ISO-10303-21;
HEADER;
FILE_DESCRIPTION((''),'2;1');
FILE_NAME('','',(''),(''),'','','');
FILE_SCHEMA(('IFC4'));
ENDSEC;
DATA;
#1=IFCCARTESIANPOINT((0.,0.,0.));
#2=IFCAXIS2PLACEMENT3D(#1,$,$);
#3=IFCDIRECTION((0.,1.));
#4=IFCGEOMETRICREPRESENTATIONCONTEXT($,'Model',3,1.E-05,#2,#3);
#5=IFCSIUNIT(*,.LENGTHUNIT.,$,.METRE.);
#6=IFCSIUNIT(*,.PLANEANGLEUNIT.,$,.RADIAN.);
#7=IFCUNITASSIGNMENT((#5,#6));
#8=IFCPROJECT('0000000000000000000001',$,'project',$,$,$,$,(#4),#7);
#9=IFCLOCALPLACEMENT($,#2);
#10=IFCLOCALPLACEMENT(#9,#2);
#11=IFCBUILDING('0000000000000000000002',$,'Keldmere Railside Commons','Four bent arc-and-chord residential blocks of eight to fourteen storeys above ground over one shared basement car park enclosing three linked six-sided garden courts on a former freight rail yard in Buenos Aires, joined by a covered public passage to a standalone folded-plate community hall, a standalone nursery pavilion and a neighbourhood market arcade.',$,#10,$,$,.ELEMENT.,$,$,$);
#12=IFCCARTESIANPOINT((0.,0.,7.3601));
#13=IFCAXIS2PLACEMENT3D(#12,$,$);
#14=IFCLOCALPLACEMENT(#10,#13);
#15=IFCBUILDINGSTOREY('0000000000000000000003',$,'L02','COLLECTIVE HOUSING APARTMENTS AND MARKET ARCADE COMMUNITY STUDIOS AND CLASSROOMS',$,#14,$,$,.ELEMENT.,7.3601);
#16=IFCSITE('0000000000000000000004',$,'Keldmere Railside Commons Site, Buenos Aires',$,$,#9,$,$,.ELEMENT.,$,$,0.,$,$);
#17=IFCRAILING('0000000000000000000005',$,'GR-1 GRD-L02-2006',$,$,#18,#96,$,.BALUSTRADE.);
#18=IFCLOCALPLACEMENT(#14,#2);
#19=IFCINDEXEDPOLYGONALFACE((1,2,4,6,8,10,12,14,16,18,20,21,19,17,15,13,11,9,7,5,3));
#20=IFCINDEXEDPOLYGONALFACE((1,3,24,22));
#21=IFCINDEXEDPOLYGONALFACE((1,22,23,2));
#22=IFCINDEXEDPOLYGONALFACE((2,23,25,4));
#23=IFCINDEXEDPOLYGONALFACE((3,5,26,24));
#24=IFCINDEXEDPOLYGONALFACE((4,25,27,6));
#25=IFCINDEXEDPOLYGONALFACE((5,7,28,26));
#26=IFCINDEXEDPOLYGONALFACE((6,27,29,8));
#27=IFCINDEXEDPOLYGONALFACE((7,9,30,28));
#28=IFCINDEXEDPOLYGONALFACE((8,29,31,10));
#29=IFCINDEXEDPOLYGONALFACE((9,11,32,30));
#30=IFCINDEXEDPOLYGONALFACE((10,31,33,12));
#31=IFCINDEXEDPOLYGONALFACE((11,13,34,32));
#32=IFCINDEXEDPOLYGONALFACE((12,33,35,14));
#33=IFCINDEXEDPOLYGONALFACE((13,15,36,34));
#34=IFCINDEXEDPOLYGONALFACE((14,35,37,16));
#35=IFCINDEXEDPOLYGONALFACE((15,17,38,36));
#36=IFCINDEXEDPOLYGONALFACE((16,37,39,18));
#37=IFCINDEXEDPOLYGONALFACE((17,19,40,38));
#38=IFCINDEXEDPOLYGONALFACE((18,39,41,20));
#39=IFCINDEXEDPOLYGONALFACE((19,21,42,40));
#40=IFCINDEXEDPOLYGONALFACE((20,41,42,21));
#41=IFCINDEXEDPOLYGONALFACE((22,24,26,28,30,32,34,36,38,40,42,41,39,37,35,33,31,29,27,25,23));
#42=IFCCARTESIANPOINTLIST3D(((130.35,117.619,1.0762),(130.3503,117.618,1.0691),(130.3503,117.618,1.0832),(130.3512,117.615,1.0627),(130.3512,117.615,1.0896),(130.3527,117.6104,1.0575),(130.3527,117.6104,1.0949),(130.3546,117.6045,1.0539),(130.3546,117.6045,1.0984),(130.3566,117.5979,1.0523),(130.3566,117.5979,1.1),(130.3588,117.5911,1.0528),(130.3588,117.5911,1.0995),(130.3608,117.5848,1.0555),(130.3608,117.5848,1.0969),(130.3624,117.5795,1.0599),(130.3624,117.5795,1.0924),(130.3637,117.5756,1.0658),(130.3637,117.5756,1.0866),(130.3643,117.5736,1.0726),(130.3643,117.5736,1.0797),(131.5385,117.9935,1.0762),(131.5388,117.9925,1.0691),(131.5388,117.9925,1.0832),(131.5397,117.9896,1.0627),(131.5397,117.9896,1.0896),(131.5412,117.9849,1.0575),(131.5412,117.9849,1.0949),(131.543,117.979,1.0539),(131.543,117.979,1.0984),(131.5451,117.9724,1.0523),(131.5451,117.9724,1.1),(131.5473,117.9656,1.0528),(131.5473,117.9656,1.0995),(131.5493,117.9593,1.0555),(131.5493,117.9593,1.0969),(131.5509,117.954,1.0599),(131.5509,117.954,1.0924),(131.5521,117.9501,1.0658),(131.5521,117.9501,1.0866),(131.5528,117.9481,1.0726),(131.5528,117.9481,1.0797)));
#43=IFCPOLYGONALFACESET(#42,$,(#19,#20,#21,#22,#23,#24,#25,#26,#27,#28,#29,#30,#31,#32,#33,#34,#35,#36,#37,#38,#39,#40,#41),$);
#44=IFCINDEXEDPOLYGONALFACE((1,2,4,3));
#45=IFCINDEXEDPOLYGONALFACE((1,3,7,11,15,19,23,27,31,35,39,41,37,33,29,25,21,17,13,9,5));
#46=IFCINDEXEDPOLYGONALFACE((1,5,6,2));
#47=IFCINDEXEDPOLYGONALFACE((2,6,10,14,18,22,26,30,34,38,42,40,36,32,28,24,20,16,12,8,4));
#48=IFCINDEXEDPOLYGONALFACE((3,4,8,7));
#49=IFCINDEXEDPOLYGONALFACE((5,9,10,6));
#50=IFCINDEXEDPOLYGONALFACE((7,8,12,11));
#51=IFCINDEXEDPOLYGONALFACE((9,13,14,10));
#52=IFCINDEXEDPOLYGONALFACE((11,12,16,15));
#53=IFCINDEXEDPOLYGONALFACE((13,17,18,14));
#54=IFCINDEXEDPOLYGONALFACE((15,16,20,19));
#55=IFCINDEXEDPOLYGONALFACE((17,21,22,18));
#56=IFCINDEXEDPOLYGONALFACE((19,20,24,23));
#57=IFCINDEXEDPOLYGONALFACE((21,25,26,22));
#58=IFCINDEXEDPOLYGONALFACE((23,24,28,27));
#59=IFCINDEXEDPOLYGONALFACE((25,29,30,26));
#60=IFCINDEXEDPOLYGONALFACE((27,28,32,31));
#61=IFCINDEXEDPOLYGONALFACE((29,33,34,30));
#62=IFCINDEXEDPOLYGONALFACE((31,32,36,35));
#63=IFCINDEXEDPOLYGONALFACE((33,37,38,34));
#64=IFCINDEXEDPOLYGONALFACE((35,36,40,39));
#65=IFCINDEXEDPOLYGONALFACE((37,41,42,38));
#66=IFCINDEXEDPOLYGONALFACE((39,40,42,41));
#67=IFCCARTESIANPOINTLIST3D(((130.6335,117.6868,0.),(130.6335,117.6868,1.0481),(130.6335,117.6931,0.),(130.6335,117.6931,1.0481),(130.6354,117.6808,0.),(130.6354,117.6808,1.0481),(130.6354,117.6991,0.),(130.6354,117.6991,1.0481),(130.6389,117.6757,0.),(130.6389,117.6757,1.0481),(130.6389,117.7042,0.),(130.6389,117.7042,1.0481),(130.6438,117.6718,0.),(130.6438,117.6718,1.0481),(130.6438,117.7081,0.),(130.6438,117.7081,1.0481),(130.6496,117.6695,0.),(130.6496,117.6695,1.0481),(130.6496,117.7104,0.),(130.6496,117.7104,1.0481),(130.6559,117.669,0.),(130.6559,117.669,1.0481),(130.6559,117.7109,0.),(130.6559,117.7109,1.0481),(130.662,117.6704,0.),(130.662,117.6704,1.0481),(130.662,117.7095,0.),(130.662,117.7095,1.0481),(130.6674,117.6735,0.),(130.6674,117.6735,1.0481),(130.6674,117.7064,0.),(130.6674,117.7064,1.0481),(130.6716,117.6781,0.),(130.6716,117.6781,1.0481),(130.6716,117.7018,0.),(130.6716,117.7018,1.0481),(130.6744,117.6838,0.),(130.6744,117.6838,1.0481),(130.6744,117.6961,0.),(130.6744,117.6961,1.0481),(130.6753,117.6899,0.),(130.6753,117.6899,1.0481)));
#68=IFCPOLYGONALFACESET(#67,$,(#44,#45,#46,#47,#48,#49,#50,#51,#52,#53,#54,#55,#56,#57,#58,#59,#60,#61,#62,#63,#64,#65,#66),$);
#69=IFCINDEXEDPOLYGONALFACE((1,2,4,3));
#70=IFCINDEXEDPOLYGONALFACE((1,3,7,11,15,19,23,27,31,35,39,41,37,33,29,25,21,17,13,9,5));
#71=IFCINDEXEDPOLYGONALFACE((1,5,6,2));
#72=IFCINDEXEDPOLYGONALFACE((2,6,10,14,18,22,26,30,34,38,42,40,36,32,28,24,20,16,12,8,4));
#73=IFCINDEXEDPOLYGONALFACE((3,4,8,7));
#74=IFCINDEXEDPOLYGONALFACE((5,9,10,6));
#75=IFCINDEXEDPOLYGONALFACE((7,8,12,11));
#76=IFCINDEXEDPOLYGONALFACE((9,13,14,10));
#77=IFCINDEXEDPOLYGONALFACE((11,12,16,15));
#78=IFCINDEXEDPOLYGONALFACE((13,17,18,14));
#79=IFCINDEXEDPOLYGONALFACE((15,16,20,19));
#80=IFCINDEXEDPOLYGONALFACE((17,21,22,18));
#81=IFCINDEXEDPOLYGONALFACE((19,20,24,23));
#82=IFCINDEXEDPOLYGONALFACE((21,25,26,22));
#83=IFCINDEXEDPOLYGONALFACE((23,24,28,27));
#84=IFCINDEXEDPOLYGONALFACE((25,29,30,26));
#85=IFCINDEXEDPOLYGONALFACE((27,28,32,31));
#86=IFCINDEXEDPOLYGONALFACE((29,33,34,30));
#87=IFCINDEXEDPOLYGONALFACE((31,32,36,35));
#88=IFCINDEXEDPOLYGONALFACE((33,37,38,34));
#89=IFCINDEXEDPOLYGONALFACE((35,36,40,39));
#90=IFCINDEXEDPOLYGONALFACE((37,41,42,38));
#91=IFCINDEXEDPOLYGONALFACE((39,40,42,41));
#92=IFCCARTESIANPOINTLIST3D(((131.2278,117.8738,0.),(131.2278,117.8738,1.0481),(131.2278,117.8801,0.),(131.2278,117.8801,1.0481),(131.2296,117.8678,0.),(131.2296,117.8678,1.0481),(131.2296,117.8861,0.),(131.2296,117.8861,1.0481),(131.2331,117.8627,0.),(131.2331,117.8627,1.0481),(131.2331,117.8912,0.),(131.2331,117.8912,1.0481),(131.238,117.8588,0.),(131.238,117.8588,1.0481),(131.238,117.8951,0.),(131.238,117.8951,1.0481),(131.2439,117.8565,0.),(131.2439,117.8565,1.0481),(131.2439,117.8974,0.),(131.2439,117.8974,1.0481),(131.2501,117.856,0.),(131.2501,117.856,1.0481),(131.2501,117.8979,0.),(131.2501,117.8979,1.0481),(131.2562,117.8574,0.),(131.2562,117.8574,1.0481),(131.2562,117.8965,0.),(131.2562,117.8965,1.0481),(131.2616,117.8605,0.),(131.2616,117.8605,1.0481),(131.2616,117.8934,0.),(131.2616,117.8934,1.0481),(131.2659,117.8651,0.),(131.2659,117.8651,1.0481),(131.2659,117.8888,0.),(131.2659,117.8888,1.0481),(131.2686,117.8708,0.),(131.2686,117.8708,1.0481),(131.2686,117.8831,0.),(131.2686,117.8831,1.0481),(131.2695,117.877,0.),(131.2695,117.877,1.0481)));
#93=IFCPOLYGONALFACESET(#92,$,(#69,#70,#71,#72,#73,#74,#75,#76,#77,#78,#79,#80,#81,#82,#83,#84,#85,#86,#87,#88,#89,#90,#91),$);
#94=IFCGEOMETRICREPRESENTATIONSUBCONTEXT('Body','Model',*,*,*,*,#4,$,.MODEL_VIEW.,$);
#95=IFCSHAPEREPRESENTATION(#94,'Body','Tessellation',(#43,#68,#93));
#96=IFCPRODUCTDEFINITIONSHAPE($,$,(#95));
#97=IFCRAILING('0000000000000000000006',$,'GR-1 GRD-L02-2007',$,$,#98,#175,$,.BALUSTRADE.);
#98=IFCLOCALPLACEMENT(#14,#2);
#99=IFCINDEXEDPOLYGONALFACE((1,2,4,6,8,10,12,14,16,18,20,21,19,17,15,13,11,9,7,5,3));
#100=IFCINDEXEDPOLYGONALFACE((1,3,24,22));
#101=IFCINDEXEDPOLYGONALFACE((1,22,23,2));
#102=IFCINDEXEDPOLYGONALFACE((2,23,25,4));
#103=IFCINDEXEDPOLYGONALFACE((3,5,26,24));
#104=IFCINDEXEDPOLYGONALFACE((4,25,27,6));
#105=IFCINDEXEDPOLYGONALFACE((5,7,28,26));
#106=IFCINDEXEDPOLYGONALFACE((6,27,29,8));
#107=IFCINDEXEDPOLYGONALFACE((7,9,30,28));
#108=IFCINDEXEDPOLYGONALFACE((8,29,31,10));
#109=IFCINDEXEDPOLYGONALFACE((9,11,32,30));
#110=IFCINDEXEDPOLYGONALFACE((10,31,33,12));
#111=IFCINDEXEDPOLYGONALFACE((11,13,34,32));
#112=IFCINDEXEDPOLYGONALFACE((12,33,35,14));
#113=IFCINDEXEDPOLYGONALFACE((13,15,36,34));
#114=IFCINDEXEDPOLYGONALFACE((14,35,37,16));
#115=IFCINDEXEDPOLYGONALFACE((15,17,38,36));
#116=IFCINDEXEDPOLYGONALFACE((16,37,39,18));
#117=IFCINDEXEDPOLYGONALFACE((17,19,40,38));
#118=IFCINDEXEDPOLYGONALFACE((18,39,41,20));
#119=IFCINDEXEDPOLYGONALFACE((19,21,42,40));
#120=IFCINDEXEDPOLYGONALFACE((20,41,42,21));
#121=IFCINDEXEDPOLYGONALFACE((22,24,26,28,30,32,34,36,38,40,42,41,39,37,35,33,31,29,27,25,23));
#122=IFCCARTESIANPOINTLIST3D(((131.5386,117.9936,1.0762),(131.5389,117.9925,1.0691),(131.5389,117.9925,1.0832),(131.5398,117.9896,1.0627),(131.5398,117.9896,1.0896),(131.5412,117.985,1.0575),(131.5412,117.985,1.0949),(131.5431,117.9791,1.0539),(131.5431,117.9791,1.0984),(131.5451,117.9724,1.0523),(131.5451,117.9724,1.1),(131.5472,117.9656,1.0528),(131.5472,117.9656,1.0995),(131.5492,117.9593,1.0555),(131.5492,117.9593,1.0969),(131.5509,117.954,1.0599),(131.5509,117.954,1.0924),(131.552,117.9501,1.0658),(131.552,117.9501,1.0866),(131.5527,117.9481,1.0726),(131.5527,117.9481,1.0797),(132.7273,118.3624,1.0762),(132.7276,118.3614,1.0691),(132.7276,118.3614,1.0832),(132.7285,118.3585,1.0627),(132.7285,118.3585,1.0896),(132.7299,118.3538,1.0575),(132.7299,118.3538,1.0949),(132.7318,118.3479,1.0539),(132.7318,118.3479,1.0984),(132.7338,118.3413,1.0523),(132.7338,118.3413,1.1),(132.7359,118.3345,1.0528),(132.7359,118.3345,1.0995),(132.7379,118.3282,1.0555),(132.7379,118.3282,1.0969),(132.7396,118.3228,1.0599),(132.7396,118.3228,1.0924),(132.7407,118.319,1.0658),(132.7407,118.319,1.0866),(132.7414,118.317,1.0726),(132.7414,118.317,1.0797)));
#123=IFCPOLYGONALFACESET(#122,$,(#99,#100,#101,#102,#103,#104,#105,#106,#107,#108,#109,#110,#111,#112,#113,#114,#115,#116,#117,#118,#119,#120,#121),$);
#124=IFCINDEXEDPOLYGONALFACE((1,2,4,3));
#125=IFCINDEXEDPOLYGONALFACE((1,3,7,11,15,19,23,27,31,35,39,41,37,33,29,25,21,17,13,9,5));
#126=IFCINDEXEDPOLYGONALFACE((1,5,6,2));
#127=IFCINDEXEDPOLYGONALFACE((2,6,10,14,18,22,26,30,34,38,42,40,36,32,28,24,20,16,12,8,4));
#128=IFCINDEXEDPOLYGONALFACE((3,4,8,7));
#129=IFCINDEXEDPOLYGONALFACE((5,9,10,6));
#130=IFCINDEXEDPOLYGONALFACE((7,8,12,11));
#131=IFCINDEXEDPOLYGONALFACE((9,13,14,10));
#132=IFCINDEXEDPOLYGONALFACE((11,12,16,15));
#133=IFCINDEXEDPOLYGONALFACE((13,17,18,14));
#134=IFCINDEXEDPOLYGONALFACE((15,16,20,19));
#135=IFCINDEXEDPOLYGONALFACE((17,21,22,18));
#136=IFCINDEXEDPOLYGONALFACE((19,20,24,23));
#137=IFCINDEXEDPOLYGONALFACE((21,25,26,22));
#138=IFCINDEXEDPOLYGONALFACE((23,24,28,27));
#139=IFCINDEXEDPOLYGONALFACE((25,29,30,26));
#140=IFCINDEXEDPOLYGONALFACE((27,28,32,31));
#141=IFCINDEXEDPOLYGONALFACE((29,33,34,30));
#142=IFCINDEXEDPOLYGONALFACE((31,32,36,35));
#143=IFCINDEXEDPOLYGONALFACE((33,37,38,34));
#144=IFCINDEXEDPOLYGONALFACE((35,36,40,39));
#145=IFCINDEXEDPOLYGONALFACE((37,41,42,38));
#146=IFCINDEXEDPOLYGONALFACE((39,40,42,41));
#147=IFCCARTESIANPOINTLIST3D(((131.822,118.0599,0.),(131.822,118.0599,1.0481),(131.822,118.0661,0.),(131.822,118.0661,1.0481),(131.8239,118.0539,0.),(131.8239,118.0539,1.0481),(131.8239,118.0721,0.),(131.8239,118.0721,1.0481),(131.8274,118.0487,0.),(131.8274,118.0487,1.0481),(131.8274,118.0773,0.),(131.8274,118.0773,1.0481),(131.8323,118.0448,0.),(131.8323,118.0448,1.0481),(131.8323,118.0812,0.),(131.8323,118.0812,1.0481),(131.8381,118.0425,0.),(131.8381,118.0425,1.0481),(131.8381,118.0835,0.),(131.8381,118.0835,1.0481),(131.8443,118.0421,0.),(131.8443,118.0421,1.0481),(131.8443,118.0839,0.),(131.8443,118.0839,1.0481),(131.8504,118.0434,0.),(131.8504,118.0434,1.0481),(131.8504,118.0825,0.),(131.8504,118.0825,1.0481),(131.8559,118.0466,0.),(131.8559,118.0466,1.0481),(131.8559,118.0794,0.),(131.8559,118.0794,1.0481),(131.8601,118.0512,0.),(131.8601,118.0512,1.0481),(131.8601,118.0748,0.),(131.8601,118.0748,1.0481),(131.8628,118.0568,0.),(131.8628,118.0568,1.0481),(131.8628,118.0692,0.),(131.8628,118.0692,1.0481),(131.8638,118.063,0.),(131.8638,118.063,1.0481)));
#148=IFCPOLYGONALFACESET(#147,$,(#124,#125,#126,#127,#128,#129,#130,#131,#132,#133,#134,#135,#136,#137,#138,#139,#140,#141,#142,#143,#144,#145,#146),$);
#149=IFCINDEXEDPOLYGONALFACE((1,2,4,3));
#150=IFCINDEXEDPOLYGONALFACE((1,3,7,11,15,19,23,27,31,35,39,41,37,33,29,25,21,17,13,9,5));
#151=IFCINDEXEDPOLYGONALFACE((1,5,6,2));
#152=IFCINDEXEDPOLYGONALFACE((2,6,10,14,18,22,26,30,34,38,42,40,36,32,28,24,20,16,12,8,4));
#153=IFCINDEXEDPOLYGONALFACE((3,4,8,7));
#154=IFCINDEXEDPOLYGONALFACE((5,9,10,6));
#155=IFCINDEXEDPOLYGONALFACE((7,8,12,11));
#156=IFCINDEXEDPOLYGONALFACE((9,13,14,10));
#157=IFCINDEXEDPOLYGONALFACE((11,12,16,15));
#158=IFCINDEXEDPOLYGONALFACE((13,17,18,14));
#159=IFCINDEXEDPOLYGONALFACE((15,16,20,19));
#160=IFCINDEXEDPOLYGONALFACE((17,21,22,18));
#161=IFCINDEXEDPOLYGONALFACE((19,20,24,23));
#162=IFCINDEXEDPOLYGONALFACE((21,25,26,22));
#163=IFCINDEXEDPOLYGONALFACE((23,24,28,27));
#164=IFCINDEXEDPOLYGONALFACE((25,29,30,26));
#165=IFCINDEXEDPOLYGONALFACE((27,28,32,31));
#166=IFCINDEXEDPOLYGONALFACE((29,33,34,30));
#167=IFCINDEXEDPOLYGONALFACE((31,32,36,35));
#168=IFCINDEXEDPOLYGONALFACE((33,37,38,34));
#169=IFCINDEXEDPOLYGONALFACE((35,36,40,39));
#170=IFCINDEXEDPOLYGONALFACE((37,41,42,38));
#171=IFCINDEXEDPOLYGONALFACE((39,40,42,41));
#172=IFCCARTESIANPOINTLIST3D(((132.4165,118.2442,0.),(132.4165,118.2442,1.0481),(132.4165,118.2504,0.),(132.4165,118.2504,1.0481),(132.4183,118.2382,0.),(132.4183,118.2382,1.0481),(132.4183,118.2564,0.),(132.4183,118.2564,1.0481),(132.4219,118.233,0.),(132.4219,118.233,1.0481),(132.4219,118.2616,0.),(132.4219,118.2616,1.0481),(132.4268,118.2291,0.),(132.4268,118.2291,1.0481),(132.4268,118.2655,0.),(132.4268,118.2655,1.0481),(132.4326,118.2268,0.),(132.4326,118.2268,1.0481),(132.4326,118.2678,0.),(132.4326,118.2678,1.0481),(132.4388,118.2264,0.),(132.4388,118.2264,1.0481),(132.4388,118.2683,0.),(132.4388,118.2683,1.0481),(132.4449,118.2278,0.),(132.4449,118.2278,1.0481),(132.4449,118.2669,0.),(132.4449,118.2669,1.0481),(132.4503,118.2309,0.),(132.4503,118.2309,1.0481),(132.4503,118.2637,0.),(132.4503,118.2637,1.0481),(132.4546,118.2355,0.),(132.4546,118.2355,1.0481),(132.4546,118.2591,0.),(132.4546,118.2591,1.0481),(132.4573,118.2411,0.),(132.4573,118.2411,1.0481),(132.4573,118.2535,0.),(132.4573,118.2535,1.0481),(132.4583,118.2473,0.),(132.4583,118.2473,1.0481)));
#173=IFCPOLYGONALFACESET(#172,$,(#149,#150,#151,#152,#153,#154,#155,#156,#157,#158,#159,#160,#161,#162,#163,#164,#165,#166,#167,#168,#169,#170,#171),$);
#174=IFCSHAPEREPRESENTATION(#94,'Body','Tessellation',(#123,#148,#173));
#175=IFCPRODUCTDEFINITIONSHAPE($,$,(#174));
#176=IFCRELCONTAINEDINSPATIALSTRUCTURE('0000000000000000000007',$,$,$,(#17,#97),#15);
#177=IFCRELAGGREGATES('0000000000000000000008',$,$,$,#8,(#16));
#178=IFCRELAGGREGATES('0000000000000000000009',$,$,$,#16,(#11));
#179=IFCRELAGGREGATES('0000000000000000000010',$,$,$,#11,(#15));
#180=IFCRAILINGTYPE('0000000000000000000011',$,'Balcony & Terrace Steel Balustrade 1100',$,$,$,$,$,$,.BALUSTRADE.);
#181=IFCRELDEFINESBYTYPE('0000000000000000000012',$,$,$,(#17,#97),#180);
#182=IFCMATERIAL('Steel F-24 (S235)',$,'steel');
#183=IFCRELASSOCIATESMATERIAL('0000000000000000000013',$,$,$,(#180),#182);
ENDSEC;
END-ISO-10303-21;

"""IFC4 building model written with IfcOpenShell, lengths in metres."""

from ifc_helpers import new_model, si_unit, direction, frame, origin, origin_2d, place, context, subcontext, project, spatial, circle, extrude, material, type_object, element, save


model = new_model("IFC4")

# Units and contexts
model_context = context("Model", 3, precision=1e-05, world=origin(), true_north=direction((0.0, 1.0)))
body_context = subcontext(model_context, "Body", "Model", "MODEL_VIEW")
ifc_project = project(units=[si_unit("LENGTHUNIT", "METRE"), si_unit("PLANEANGLEUNIT", "RADIAN")], contexts=[model_context])

# Site, building, storey
site_placement = place(None, origin())
site = spatial("IfcSite", under=ifc_project, at=site_placement, Name="Keldmere Railside Commons Site, Buenos Aires", CompositionType="ELEMENT", RefElevation=0.0)
building_placement = place(site_placement, origin())
building = spatial("IfcBuilding", under=site, at=building_placement, Name="Keldmere Railside Commons", Description="Four bent arc-and-chord residential blocks of eight to fourteen storeys above ground over one shared basement car park enclosing three linked six-sided garden courts on a former freight rail yard in Buenos Aires, joined by a covered public passage to a standalone folded-plate community hall, a standalone nursery pavilion and a neighbourhood market arcade.", CompositionType="ELEMENT")
storey_placement = place(building_placement, frame((0.0, 0.0, 7.3601)))
storey = spatial("IfcBuildingStorey", under=building, at=storey_placement, Name="L02", Description="COLLECTIVE HOUSING APARTMENTS AND MARKET ARCADE COMMUNITY STUDIOS AND CLASSROOMS", CompositionType="ELEMENT", Elevation=7.3601)

# Railings
ifc_material_1 = material(Name="Steel F-24 (S235)", Category="steel")
railing_type = type_object("IfcRailingType", Name="Balcony & Terrace Steel Balustrade 1100", PredefinedType="BALUSTRADE", material=ifc_material_1)
railing_1_placement = place(storey_placement, frame((130.3572, 117.5962, 0.0)))
element("IfcRailing", 1, at=railing_1_placement, inside=storey, type_object=railing_type, Name="GR-1 GRD-L02-2006", PredefinedType="BALUSTRADE", context=body_context, shape_type="SweptSolid", body=[
    extrude(circle(Radius=0.0239, at=origin_2d()), frame((0.0, 0.0, 1.0762), z_axis=(0.953766, 0.30055, 0.0), x_axis=(-0.30055, 0.953766, 0.0)), (0.0, 0.0, 1.0), 1.2461),
    extrude(circle(Radius=0.021, at=origin_2d()), frame((0.2971, 0.0938, 0.0)), (0.0, 0.0, 1.0), 1.0481),
    extrude(circle(Radius=0.021, at=origin_2d()), frame((0.8914, 0.2808, 0.0)), (0.0, 0.0, 1.0), 1.0481),
])
railing_2_placement = place(storey_placement, frame((131.5457, 117.9707, 0.0)))
element("IfcRailing", 2, at=railing_2_placement, inside=storey, type_object=railing_type, Name="GR-1 GRD-L02-2007", PredefinedType="BALUSTRADE", context=body_context, shape_type="SweptSolid", body=[
    extrude(circle(Radius=0.0239, at=origin_2d()), frame((0.0, 0.0, 1.0762), z_axis=(0.955068, 0.296387, 0.0), x_axis=(-0.296387, 0.955068, 0.0)), (0.0, 0.0, 1.0), 1.2446),
    extrude(circle(Radius=0.021, at=origin_2d()), frame((0.2971, 0.0923, 0.0)), (0.0, 0.0, 1.0), 1.0481),
    extrude(circle(Radius=0.021, at=origin_2d()), frame((0.8916, 0.2766, 0.0)), (0.0, 0.0, 1.0), 1.0481),
])

save(model, "model.ifc")
